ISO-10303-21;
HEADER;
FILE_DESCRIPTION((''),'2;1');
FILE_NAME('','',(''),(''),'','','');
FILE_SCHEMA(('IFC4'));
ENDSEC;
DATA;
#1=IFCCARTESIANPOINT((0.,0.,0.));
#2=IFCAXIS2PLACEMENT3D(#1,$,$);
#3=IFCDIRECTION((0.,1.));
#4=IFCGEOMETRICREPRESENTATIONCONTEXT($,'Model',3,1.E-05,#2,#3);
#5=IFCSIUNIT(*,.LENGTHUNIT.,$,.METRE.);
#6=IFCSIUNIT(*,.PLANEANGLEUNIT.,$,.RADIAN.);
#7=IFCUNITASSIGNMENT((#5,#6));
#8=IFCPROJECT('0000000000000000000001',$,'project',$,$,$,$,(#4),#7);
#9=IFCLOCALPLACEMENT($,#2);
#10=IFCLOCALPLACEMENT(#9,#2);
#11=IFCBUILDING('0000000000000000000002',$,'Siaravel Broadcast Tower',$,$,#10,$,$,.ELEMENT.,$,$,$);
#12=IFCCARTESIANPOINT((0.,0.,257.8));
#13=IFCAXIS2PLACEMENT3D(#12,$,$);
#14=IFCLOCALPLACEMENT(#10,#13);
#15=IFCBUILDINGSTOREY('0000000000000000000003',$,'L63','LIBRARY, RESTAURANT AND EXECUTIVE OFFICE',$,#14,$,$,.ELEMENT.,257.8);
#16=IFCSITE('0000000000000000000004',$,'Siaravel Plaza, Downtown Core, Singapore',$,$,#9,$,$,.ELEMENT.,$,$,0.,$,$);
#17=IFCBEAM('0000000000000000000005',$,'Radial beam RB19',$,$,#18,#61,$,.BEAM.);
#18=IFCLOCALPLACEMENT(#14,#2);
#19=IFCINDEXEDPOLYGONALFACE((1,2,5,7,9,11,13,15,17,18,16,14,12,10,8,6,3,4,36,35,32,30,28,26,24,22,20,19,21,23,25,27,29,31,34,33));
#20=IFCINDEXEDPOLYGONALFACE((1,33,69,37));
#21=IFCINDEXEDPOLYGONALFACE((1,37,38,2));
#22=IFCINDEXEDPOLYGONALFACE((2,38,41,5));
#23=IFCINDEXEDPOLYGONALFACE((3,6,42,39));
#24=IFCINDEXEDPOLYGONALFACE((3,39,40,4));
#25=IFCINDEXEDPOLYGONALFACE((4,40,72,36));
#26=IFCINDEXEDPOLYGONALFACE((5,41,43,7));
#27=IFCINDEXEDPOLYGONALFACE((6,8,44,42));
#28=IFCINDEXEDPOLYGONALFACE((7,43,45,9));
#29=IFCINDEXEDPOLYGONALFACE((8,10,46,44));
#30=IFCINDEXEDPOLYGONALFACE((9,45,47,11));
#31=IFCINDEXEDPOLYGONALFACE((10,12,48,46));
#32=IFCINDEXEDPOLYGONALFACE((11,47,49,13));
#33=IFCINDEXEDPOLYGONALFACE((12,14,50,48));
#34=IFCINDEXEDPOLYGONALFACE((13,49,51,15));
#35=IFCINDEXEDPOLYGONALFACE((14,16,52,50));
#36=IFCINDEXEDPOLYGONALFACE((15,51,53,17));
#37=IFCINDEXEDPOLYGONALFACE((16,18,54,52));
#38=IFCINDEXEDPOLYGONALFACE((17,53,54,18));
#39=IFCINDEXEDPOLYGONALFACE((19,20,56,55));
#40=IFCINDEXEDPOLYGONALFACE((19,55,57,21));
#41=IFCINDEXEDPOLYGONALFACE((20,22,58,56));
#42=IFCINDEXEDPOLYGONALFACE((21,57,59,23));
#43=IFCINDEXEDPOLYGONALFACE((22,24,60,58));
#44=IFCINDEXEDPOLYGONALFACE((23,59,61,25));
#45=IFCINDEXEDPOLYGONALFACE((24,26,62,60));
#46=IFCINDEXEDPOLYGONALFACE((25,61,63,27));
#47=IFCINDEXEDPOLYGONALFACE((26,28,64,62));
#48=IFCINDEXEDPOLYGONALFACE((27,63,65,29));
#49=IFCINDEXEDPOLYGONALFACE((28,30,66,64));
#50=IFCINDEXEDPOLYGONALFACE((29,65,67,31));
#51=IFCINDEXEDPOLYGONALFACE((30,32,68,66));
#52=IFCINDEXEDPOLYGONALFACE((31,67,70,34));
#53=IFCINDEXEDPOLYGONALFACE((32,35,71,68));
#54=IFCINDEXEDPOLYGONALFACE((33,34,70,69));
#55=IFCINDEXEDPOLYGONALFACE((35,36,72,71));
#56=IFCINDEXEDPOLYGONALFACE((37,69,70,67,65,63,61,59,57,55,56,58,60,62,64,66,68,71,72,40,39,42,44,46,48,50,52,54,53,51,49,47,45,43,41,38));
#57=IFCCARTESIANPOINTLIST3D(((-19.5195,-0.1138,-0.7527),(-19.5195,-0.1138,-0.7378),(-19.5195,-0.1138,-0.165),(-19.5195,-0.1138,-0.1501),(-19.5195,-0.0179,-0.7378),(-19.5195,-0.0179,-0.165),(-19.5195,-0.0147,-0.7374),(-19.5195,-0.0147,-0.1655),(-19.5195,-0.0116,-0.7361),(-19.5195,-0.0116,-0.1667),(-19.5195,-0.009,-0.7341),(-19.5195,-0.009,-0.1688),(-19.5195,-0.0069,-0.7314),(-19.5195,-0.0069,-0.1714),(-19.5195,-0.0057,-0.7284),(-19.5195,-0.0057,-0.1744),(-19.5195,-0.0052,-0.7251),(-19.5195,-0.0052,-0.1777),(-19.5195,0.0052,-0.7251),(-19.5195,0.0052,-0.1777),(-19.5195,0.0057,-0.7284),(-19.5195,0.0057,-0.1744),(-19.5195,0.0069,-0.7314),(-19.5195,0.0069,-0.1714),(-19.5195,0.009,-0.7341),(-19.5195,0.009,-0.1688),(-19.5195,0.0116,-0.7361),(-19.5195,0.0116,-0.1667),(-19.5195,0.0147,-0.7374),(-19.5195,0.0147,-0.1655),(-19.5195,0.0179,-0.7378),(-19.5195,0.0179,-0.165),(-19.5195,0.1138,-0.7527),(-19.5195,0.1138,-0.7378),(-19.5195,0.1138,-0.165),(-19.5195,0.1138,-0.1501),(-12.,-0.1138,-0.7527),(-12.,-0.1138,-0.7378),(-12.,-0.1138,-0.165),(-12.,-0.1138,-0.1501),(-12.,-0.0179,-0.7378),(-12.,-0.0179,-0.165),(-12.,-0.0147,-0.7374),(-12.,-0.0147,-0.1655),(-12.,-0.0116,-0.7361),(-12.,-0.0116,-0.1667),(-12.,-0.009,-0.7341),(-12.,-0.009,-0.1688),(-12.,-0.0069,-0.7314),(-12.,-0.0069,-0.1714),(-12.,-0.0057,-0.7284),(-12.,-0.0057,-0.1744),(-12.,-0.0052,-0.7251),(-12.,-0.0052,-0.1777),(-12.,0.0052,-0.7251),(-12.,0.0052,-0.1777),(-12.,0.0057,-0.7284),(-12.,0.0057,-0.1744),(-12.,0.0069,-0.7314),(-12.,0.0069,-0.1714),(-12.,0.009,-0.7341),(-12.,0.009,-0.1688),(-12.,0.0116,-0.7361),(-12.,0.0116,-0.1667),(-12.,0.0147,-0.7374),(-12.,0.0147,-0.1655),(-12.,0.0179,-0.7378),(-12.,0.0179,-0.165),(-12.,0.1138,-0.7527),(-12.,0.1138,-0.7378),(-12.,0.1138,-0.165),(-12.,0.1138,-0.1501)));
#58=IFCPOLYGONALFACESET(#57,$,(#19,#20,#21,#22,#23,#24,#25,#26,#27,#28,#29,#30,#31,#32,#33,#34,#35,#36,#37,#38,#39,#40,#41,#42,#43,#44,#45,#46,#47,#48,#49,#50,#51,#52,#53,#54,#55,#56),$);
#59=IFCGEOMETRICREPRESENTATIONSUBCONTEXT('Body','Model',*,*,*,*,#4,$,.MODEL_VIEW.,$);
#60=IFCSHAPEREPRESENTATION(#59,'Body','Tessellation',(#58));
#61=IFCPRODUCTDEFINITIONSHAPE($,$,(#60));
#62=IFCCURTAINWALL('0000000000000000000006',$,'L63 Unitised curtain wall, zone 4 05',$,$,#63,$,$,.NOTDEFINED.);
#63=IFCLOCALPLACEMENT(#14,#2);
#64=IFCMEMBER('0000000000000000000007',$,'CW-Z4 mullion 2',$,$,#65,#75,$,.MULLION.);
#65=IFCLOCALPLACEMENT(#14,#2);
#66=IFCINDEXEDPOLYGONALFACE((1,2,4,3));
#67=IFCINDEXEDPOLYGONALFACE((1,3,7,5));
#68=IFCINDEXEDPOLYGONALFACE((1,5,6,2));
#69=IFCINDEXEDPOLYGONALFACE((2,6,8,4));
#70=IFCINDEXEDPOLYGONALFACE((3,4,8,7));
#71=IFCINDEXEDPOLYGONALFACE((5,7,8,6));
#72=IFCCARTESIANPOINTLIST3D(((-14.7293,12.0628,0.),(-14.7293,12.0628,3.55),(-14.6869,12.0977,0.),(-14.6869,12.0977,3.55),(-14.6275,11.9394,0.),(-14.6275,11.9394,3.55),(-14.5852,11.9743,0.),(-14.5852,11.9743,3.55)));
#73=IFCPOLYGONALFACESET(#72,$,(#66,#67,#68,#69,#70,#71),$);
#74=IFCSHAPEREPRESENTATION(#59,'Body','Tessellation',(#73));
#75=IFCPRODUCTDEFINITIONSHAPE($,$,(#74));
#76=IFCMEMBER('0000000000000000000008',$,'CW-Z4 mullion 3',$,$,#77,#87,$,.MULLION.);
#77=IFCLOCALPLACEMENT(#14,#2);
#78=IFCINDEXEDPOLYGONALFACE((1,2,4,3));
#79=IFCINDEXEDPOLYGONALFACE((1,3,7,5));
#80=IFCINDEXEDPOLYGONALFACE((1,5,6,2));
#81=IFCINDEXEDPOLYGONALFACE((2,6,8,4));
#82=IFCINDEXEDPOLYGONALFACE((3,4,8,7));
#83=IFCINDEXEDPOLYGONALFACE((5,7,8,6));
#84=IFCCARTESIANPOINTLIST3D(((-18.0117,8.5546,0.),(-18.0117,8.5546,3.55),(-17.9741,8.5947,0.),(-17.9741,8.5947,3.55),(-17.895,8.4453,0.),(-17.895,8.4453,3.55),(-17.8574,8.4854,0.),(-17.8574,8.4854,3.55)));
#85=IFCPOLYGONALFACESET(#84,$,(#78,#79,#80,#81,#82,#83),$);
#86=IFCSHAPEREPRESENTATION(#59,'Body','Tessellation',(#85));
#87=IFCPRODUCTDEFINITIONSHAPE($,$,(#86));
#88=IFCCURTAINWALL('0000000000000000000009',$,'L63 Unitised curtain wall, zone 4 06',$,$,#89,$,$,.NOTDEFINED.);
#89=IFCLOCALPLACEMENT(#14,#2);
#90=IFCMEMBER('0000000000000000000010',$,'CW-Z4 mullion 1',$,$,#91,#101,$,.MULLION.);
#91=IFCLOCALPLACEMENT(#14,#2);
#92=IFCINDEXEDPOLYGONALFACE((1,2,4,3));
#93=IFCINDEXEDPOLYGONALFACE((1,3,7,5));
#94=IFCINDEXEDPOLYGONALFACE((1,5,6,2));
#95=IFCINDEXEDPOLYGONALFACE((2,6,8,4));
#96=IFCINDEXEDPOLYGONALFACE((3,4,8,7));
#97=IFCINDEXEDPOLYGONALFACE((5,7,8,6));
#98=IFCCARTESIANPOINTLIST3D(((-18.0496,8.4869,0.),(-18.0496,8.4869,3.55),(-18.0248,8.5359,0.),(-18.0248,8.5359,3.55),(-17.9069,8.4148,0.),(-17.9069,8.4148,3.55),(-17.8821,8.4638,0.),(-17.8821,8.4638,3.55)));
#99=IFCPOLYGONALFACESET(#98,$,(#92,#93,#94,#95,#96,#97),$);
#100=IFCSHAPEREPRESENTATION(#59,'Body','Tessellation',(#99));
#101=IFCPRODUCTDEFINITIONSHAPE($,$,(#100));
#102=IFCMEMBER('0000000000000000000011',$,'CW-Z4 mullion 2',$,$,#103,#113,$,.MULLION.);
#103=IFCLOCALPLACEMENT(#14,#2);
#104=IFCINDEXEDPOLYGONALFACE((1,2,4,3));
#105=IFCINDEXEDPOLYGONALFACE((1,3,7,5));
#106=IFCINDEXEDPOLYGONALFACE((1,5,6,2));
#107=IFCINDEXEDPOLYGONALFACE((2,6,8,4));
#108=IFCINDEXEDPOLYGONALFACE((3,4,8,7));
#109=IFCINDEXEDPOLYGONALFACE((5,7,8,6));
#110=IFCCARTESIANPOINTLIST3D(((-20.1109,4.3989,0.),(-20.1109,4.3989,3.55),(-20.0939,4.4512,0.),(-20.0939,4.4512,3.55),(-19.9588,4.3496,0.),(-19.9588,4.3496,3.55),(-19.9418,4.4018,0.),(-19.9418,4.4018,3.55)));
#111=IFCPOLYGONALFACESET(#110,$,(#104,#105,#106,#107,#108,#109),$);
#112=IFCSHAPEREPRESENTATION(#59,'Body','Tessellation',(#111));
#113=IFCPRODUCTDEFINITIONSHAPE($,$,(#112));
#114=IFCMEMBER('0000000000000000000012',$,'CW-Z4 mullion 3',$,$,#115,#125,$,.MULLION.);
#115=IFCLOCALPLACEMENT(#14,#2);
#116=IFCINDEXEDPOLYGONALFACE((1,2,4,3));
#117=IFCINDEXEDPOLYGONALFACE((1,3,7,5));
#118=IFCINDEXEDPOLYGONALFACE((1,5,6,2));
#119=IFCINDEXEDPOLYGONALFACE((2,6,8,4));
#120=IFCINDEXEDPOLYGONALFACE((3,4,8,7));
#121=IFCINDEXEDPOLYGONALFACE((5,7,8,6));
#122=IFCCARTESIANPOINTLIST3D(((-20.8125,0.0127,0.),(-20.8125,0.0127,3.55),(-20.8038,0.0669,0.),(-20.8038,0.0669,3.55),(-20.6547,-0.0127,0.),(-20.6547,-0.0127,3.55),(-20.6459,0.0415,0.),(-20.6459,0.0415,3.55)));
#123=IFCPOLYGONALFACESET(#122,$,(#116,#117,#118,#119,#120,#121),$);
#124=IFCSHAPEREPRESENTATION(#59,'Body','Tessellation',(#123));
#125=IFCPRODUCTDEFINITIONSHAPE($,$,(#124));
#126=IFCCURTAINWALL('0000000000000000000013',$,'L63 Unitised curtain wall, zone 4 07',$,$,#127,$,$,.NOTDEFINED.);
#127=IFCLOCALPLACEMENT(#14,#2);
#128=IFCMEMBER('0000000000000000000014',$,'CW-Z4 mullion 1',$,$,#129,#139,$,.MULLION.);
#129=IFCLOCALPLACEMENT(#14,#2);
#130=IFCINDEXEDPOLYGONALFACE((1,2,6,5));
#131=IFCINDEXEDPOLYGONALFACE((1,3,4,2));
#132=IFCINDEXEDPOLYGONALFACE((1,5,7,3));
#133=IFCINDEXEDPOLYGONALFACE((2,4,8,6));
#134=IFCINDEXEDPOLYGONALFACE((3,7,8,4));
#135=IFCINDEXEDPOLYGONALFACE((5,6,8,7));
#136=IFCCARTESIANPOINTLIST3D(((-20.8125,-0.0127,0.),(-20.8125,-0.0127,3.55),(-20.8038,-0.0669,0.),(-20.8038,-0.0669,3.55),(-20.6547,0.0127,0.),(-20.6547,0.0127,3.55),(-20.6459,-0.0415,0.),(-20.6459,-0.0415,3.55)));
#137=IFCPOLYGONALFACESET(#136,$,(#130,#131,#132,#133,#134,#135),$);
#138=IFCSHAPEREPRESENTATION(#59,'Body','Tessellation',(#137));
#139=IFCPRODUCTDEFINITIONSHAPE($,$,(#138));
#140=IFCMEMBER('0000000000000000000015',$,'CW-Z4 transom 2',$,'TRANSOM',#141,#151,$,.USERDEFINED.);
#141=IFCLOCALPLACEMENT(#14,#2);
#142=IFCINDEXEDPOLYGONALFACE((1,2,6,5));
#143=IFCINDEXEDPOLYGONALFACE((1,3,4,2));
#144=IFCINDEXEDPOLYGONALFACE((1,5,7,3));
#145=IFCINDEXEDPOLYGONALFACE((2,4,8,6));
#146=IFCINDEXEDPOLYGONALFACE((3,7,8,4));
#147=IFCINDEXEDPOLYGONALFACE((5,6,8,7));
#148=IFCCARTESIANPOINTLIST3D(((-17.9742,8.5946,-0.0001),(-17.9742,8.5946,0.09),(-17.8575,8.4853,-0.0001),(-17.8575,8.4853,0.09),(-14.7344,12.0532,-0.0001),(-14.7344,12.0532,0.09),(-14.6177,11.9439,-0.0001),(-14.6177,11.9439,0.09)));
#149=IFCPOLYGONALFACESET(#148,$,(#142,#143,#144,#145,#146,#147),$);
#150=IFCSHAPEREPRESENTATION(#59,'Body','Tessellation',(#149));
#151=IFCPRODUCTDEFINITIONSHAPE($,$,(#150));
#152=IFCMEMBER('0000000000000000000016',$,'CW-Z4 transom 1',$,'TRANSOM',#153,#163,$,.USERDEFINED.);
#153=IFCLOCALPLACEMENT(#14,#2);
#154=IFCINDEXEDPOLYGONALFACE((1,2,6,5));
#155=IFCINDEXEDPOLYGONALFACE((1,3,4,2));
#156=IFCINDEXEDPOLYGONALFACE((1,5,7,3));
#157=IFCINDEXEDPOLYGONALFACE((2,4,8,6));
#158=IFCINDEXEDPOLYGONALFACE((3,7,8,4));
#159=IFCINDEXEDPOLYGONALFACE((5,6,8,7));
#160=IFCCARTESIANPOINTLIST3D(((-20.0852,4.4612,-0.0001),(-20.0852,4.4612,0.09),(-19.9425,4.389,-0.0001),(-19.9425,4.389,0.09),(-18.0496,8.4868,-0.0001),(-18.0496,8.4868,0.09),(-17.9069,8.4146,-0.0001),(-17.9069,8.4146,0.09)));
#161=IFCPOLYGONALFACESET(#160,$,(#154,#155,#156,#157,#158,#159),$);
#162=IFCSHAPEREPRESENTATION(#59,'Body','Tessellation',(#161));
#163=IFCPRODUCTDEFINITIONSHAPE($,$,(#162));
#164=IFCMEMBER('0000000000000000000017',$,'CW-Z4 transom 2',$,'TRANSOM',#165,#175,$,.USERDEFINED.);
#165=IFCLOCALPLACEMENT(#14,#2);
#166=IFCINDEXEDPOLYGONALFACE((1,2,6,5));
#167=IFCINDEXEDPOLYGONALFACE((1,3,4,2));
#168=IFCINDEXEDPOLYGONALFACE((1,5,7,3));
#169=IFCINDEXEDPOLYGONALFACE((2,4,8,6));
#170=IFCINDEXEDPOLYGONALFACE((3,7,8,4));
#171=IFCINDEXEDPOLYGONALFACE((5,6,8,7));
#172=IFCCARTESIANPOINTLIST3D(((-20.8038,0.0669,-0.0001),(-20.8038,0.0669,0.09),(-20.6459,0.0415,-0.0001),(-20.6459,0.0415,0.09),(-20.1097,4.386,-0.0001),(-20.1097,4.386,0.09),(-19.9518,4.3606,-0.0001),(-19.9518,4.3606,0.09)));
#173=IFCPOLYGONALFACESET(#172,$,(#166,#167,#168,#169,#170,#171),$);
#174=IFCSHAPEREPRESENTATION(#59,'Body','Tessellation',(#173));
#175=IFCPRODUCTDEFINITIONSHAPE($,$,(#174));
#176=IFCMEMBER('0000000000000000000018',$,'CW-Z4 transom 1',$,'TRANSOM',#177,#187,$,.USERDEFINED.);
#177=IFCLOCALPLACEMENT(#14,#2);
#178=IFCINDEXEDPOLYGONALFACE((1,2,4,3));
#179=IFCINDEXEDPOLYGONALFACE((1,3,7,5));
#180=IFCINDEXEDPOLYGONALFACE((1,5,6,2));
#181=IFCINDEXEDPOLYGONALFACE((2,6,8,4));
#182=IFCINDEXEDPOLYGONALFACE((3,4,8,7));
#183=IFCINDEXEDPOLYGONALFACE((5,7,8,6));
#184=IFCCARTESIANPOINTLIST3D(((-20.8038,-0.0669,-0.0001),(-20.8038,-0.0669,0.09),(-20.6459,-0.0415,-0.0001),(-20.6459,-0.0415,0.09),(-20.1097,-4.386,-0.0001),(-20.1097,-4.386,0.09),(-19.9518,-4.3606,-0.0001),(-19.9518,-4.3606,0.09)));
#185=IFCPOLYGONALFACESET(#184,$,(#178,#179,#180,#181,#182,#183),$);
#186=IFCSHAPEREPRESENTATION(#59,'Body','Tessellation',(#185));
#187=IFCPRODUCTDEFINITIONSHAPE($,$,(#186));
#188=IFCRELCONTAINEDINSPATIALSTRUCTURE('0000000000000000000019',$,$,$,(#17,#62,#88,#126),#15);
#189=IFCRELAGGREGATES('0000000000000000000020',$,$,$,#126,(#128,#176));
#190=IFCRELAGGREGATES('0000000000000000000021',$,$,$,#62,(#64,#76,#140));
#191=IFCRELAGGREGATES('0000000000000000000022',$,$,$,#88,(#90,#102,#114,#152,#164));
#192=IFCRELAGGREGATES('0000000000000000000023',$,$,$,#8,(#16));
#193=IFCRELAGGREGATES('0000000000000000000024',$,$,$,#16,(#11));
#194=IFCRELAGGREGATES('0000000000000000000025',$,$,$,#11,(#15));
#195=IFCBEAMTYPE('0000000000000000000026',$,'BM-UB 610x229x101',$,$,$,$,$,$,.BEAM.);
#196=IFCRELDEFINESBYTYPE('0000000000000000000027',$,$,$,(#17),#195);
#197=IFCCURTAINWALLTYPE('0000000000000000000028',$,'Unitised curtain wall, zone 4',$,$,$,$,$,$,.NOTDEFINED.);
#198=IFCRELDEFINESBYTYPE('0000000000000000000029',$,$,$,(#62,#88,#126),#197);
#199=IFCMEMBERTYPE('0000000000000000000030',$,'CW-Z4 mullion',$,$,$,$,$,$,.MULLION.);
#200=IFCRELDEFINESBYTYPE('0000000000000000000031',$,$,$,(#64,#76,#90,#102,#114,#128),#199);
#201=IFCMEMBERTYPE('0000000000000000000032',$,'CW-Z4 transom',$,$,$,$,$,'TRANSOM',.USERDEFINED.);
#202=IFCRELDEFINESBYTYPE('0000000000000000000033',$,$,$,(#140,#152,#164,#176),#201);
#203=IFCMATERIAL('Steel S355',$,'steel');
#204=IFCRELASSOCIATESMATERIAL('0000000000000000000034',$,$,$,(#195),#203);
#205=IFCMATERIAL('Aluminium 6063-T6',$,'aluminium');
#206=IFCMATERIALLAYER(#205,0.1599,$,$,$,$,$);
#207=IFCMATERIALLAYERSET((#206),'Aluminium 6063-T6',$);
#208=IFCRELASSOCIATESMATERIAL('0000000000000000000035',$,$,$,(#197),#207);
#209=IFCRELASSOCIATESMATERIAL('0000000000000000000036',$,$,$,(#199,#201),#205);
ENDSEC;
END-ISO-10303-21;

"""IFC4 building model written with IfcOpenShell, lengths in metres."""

from ifc_helpers import new_model, si_unit, direction, frame, origin, origin_2d, place, context, subcontext, project, spatial, rectangle, i_section, extrude, material, layer, layer_set, material_profile, profile_set, type_object, element, aggregate, save


model = new_model("IFC4")

# Units and contexts
model_context = context("Model", 3, precision=1e-05, world=origin(), true_north=direction((0.0, 1.0)))
body_context = subcontext(model_context, "Body", "Model", "MODEL_VIEW")
ifc_project = project(units=[si_unit("LENGTHUNIT", "METRE"), si_unit("PLANEANGLEUNIT", "RADIAN")], contexts=[model_context])

# Site, building, storey
site_placement = place(None, origin())
site = spatial("IfcSite", under=ifc_project, at=site_placement, Name="Siaravel Plaza, Downtown Core, Singapore", CompositionType="ELEMENT", RefElevation=0.0)
building_placement = place(site_placement, origin())
building = spatial("IfcBuilding", under=site, at=building_placement, Name="Siaravel Broadcast Tower", CompositionType="ELEMENT")
storey_placement = place(building_placement, frame((0.0, 0.0, 257.8)))
storey = spatial("IfcBuildingStorey", under=building, at=storey_placement, Name="L63", Description="LIBRARY, RESTAURANT AND EXECUTIVE OFFICE", CompositionType="ELEMENT", Elevation=257.8)

# Beam
ifc_material_1 = material(Name="Steel S355", Category="steel")
ifc_material_profile_1 = material_profile(ifc_material_1, i_section(OverallWidth=0.2275, OverallDepth=0.6025, WebThickness=0.0105, FlangeThickness=0.0149, FilletRadius=0.0127, at=origin_2d()))
ifc_profile_set_1 = profile_set([ifc_material_profile_1], Name="Steel S355")
beam_type = type_object("IfcBeamType", Name="BM-UB 610x229x101", PredefinedType="BEAM", material=ifc_profile_set_1)
beam_1_placement = place(storey_placement, frame((-19.5195, 0.0, -0.4514), z_axis=(1.0, 0.0, 0.0), x_axis=(0.0, 1.0, 0.0)))
element("IfcBeam", 1, at=beam_1_placement, inside=storey, type_object=beam_type, Name="Radial beam RB19", PredefinedType="BEAM", context=body_context, shape_type="SweptSolid", body=[
    extrude(i_section(OverallWidth=0.2275, OverallDepth=0.6025, WebThickness=0.0105, FlangeThickness=0.0149, FilletRadius=0.0127, at=origin_2d()), origin(), (0.0, 0.0, 1.0), 7.5195),
])

# Curtain walls, members
ifc_material_2 = material(Name="Aluminium 6063-T6", Category="aluminium")
ifc_layer_1 = layer(ifc_material_2, 0.1599)
ifc_layer_set_1 = layer_set([ifc_layer_1], Name="Aluminium 6063-T6")
curtain_wall_type = type_object("IfcCurtainWallType", Name="Unitised curtain wall, zone 4", PredefinedType="NOTDEFINED", material=ifc_layer_set_1)
curtain_wall_1_placement = place(storey_placement, origin())
curtain_wall_1 = element("IfcCurtainWall", 2, at=curtain_wall_1_placement, inside=storey, type_object=curtain_wall_type, Name="L63 Unitised curtain wall, zone 4 05", PredefinedType="NOTDEFINED")
ifc_material_profile_2 = material_profile(ifc_material_2, rectangle(XDim=0.1599, YDim=0.0549, at=origin_2d()))
ifc_profile_set_2 = profile_set([ifc_material_profile_2], Name="Aluminium 6063-T6")
member_type_1 = type_object("IfcMemberType", Name="CW-Z4 mullion", PredefinedType="MULLION", material=ifc_profile_set_2)
member_1_placement = place(storey_placement, frame((-14.6572, 12.0186, 0.0), z_axis=(0.0, 0.0, 1.0), x_axis=(0.63622, -0.771508, 0.0)))
member_1 = element("IfcMember", 3, at=member_1_placement, type_object=member_type_1, Name="CW-Z4 mullion 2", PredefinedType="MULLION", context=body_context, shape_type="SweptSolid", body=[
    extrude(rectangle(XDim=0.1599, YDim=0.0549, at=origin_2d()), origin(), (0.0, 0.0, 1.0), 3.55),
])
member_2_placement = place(storey_placement, frame((-17.9346, 8.52, 0.0), z_axis=(0.0, 0.0, 1.0), x_axis=(0.729807, -0.683654, 0.0)))
member_2 = element("IfcMember", 4, at=member_2_placement, type_object=member_type_1, Name="CW-Z4 mullion 3", PredefinedType="MULLION", context=body_context, shape_type="SweptSolid", body=[
    extrude(rectangle(XDim=0.1599, YDim=0.0549, at=origin_2d()), origin(), (0.0, 0.0, 1.0), 3.55),
])
curtain_wall_2_placement = place(storey_placement, origin())
curtain_wall_2 = element("IfcCurtainWall", 5, at=curtain_wall_2_placement, inside=storey, type_object=curtain_wall_type, Name="L63 Unitised curtain wall, zone 4 06", PredefinedType="NOTDEFINED")
member_3_placement = place(storey_placement, frame((-17.9658, 8.4753, 0.0), z_axis=(0.0, 0.0, 1.0), x_axis=(0.892393, -0.451259, 0.0)))
member_3 = element("IfcMember", 6, at=member_3_placement, type_object=member_type_1, Name="CW-Z4 mullion 1", PredefinedType="MULLION", context=body_context, shape_type="SweptSolid", body=[
    extrude(rectangle(XDim=0.1599, YDim=0.0549, at=origin_2d()), origin(), (0.0, 0.0, 1.0), 3.55),
])
member_4_placement = place(storey_placement, frame((-20.0264, 4.4004, 0.0), z_axis=(0.0, 0.0, 1.0), x_axis=(0.951178, -0.308644, 0.0)))
member_4 = element("IfcMember", 7, at=member_4_placement, type_object=member_type_1, Name="CW-Z4 mullion 2", PredefinedType="MULLION", context=body_context, shape_type="SweptSolid", body=[
    extrude(rectangle(XDim=0.1599, YDim=0.0549, at=origin_2d()), origin(), (0.0, 0.0, 1.0), 3.55),
])
member_5_placement = place(storey_placement, frame((-20.7292, 0.0271, 0.0), z_axis=(0.0, 0.0, 1.0), x_axis=(0.987329, -0.158685, 0.0)))
member_5 = element("IfcMember", 8, at=member_5_placement, type_object=member_type_1, Name="CW-Z4 mullion 3", PredefinedType="MULLION", context=body_context, shape_type="SweptSolid", body=[
    extrude(rectangle(XDim=0.1599, YDim=0.0549, at=origin_2d()), origin(), (0.0, 0.0, 1.0), 3.55),
])

# Curtain wall, member
curtain_wall_3_placement = place(storey_placement, origin())
curtain_wall_3 = element("IfcCurtainWall", 9, at=curtain_wall_3_placement, inside=storey, type_object=curtain_wall_type, Name="L63 Unitised curtain wall, zone 4 07", PredefinedType="NOTDEFINED")
member_6_placement = place(storey_placement, frame((-20.7292, -0.0271, 0.0), z_axis=(0.0, 0.0, 1.0), x_axis=(0.987329, 0.158685, 0.0)))
member_6 = element("IfcMember", 10, at=member_6_placement, type_object=member_type_1, Name="CW-Z4 mullion 1", PredefinedType="MULLION", context=body_context, shape_type="SweptSolid", body=[
    extrude(rectangle(XDim=0.1599, YDim=0.0549, at=origin_2d()), origin(), (0.0, 0.0, 1.0), 3.55),
])

# Members
ifc_material_profile_3 = material_profile(ifc_material_2, rectangle(XDim=0.1599, YDim=0.0901, at=origin_2d()))
ifc_profile_set_3 = profile_set([ifc_material_profile_3], Name="Aluminium 6063-T6")
member_type_2 = type_object("IfcMemberType", Name="CW-Z4 transom", ElementType="TRANSOM", PredefinedType="USERDEFINED", material=ifc_profile_set_3)
member_7_placement = place(storey_placement, frame((-14.676, 11.9985, 0.0449), z_axis=(-0.68365, -0.72981, 0.0), x_axis=(0.72981, -0.68365, 0.0)))
member_7 = element("IfcMember", 11, at=member_7_placement, type_object=member_type_2, Name="CW-Z4 transom 2", ObjectType="TRANSOM", PredefinedType="USERDEFINED", context=body_context, shape_type="SweptSolid", body=[
    extrude(rectangle(XDim=0.1599, YDim=0.0901, at=origin_2d()), origin(), (0.0, 0.0, 1.0), 4.739),
])
member_8_placement = place(storey_placement, frame((-17.9783, 8.4507, 0.0449), z_axis=(-0.451257, -0.892394, 0.0), x_axis=(0.892394, -0.451257, 0.0)))
member_8 = element("IfcMember", 12, at=member_8_placement, type_object=member_type_2, Name="CW-Z4 transom 1", ObjectType="TRANSOM", PredefinedType="USERDEFINED", context=body_context, shape_type="SweptSolid", body=[
    extrude(rectangle(XDim=0.1599, YDim=0.0901, at=origin_2d()), origin(), (0.0, 0.0, 1.0), 4.511),
])
member_9_placement = place(storey_placement, frame((-20.0308, 4.3733, 0.0449), z_axis=(-0.158667, -0.987332, 0.0), x_axis=(0.987332, -0.158667, 0.0)))
member_9 = element("IfcMember", 13, at=member_9_placement, type_object=member_type_2, Name="CW-Z4 transom 2", ObjectType="TRANSOM", PredefinedType="USERDEFINED", context=body_context, shape_type="SweptSolid", body=[
    extrude(rectangle(XDim=0.1599, YDim=0.0901, at=origin_2d()), origin(), (0.0, 0.0, 1.0), 4.3745),
])
member_10_placement = place(storey_placement, frame((-20.7249, -0.0542, 0.0449), z_axis=(0.158667, -0.987332, 0.0), x_axis=(0.987332, 0.158667, 0.0)))
member_10 = element("IfcMember", 14, at=member_10_placement, type_object=member_type_2, Name="CW-Z4 transom 1", ObjectType="TRANSOM", PredefinedType="USERDEFINED", context=body_context, shape_type="SweptSolid", body=[
    extrude(rectangle(XDim=0.1599, YDim=0.0901, at=origin_2d()), origin(), (0.0, 0.0, 1.0), 4.3745),
])
aggregate(curtain_wall_3, [member_6, member_10])

aggregate(curtain_wall_1, [member_1, member_2, member_7])
aggregate(curtain_wall_2, [member_3, member_4, member_5, member_8, member_9])

save(model, "model.ifc")
